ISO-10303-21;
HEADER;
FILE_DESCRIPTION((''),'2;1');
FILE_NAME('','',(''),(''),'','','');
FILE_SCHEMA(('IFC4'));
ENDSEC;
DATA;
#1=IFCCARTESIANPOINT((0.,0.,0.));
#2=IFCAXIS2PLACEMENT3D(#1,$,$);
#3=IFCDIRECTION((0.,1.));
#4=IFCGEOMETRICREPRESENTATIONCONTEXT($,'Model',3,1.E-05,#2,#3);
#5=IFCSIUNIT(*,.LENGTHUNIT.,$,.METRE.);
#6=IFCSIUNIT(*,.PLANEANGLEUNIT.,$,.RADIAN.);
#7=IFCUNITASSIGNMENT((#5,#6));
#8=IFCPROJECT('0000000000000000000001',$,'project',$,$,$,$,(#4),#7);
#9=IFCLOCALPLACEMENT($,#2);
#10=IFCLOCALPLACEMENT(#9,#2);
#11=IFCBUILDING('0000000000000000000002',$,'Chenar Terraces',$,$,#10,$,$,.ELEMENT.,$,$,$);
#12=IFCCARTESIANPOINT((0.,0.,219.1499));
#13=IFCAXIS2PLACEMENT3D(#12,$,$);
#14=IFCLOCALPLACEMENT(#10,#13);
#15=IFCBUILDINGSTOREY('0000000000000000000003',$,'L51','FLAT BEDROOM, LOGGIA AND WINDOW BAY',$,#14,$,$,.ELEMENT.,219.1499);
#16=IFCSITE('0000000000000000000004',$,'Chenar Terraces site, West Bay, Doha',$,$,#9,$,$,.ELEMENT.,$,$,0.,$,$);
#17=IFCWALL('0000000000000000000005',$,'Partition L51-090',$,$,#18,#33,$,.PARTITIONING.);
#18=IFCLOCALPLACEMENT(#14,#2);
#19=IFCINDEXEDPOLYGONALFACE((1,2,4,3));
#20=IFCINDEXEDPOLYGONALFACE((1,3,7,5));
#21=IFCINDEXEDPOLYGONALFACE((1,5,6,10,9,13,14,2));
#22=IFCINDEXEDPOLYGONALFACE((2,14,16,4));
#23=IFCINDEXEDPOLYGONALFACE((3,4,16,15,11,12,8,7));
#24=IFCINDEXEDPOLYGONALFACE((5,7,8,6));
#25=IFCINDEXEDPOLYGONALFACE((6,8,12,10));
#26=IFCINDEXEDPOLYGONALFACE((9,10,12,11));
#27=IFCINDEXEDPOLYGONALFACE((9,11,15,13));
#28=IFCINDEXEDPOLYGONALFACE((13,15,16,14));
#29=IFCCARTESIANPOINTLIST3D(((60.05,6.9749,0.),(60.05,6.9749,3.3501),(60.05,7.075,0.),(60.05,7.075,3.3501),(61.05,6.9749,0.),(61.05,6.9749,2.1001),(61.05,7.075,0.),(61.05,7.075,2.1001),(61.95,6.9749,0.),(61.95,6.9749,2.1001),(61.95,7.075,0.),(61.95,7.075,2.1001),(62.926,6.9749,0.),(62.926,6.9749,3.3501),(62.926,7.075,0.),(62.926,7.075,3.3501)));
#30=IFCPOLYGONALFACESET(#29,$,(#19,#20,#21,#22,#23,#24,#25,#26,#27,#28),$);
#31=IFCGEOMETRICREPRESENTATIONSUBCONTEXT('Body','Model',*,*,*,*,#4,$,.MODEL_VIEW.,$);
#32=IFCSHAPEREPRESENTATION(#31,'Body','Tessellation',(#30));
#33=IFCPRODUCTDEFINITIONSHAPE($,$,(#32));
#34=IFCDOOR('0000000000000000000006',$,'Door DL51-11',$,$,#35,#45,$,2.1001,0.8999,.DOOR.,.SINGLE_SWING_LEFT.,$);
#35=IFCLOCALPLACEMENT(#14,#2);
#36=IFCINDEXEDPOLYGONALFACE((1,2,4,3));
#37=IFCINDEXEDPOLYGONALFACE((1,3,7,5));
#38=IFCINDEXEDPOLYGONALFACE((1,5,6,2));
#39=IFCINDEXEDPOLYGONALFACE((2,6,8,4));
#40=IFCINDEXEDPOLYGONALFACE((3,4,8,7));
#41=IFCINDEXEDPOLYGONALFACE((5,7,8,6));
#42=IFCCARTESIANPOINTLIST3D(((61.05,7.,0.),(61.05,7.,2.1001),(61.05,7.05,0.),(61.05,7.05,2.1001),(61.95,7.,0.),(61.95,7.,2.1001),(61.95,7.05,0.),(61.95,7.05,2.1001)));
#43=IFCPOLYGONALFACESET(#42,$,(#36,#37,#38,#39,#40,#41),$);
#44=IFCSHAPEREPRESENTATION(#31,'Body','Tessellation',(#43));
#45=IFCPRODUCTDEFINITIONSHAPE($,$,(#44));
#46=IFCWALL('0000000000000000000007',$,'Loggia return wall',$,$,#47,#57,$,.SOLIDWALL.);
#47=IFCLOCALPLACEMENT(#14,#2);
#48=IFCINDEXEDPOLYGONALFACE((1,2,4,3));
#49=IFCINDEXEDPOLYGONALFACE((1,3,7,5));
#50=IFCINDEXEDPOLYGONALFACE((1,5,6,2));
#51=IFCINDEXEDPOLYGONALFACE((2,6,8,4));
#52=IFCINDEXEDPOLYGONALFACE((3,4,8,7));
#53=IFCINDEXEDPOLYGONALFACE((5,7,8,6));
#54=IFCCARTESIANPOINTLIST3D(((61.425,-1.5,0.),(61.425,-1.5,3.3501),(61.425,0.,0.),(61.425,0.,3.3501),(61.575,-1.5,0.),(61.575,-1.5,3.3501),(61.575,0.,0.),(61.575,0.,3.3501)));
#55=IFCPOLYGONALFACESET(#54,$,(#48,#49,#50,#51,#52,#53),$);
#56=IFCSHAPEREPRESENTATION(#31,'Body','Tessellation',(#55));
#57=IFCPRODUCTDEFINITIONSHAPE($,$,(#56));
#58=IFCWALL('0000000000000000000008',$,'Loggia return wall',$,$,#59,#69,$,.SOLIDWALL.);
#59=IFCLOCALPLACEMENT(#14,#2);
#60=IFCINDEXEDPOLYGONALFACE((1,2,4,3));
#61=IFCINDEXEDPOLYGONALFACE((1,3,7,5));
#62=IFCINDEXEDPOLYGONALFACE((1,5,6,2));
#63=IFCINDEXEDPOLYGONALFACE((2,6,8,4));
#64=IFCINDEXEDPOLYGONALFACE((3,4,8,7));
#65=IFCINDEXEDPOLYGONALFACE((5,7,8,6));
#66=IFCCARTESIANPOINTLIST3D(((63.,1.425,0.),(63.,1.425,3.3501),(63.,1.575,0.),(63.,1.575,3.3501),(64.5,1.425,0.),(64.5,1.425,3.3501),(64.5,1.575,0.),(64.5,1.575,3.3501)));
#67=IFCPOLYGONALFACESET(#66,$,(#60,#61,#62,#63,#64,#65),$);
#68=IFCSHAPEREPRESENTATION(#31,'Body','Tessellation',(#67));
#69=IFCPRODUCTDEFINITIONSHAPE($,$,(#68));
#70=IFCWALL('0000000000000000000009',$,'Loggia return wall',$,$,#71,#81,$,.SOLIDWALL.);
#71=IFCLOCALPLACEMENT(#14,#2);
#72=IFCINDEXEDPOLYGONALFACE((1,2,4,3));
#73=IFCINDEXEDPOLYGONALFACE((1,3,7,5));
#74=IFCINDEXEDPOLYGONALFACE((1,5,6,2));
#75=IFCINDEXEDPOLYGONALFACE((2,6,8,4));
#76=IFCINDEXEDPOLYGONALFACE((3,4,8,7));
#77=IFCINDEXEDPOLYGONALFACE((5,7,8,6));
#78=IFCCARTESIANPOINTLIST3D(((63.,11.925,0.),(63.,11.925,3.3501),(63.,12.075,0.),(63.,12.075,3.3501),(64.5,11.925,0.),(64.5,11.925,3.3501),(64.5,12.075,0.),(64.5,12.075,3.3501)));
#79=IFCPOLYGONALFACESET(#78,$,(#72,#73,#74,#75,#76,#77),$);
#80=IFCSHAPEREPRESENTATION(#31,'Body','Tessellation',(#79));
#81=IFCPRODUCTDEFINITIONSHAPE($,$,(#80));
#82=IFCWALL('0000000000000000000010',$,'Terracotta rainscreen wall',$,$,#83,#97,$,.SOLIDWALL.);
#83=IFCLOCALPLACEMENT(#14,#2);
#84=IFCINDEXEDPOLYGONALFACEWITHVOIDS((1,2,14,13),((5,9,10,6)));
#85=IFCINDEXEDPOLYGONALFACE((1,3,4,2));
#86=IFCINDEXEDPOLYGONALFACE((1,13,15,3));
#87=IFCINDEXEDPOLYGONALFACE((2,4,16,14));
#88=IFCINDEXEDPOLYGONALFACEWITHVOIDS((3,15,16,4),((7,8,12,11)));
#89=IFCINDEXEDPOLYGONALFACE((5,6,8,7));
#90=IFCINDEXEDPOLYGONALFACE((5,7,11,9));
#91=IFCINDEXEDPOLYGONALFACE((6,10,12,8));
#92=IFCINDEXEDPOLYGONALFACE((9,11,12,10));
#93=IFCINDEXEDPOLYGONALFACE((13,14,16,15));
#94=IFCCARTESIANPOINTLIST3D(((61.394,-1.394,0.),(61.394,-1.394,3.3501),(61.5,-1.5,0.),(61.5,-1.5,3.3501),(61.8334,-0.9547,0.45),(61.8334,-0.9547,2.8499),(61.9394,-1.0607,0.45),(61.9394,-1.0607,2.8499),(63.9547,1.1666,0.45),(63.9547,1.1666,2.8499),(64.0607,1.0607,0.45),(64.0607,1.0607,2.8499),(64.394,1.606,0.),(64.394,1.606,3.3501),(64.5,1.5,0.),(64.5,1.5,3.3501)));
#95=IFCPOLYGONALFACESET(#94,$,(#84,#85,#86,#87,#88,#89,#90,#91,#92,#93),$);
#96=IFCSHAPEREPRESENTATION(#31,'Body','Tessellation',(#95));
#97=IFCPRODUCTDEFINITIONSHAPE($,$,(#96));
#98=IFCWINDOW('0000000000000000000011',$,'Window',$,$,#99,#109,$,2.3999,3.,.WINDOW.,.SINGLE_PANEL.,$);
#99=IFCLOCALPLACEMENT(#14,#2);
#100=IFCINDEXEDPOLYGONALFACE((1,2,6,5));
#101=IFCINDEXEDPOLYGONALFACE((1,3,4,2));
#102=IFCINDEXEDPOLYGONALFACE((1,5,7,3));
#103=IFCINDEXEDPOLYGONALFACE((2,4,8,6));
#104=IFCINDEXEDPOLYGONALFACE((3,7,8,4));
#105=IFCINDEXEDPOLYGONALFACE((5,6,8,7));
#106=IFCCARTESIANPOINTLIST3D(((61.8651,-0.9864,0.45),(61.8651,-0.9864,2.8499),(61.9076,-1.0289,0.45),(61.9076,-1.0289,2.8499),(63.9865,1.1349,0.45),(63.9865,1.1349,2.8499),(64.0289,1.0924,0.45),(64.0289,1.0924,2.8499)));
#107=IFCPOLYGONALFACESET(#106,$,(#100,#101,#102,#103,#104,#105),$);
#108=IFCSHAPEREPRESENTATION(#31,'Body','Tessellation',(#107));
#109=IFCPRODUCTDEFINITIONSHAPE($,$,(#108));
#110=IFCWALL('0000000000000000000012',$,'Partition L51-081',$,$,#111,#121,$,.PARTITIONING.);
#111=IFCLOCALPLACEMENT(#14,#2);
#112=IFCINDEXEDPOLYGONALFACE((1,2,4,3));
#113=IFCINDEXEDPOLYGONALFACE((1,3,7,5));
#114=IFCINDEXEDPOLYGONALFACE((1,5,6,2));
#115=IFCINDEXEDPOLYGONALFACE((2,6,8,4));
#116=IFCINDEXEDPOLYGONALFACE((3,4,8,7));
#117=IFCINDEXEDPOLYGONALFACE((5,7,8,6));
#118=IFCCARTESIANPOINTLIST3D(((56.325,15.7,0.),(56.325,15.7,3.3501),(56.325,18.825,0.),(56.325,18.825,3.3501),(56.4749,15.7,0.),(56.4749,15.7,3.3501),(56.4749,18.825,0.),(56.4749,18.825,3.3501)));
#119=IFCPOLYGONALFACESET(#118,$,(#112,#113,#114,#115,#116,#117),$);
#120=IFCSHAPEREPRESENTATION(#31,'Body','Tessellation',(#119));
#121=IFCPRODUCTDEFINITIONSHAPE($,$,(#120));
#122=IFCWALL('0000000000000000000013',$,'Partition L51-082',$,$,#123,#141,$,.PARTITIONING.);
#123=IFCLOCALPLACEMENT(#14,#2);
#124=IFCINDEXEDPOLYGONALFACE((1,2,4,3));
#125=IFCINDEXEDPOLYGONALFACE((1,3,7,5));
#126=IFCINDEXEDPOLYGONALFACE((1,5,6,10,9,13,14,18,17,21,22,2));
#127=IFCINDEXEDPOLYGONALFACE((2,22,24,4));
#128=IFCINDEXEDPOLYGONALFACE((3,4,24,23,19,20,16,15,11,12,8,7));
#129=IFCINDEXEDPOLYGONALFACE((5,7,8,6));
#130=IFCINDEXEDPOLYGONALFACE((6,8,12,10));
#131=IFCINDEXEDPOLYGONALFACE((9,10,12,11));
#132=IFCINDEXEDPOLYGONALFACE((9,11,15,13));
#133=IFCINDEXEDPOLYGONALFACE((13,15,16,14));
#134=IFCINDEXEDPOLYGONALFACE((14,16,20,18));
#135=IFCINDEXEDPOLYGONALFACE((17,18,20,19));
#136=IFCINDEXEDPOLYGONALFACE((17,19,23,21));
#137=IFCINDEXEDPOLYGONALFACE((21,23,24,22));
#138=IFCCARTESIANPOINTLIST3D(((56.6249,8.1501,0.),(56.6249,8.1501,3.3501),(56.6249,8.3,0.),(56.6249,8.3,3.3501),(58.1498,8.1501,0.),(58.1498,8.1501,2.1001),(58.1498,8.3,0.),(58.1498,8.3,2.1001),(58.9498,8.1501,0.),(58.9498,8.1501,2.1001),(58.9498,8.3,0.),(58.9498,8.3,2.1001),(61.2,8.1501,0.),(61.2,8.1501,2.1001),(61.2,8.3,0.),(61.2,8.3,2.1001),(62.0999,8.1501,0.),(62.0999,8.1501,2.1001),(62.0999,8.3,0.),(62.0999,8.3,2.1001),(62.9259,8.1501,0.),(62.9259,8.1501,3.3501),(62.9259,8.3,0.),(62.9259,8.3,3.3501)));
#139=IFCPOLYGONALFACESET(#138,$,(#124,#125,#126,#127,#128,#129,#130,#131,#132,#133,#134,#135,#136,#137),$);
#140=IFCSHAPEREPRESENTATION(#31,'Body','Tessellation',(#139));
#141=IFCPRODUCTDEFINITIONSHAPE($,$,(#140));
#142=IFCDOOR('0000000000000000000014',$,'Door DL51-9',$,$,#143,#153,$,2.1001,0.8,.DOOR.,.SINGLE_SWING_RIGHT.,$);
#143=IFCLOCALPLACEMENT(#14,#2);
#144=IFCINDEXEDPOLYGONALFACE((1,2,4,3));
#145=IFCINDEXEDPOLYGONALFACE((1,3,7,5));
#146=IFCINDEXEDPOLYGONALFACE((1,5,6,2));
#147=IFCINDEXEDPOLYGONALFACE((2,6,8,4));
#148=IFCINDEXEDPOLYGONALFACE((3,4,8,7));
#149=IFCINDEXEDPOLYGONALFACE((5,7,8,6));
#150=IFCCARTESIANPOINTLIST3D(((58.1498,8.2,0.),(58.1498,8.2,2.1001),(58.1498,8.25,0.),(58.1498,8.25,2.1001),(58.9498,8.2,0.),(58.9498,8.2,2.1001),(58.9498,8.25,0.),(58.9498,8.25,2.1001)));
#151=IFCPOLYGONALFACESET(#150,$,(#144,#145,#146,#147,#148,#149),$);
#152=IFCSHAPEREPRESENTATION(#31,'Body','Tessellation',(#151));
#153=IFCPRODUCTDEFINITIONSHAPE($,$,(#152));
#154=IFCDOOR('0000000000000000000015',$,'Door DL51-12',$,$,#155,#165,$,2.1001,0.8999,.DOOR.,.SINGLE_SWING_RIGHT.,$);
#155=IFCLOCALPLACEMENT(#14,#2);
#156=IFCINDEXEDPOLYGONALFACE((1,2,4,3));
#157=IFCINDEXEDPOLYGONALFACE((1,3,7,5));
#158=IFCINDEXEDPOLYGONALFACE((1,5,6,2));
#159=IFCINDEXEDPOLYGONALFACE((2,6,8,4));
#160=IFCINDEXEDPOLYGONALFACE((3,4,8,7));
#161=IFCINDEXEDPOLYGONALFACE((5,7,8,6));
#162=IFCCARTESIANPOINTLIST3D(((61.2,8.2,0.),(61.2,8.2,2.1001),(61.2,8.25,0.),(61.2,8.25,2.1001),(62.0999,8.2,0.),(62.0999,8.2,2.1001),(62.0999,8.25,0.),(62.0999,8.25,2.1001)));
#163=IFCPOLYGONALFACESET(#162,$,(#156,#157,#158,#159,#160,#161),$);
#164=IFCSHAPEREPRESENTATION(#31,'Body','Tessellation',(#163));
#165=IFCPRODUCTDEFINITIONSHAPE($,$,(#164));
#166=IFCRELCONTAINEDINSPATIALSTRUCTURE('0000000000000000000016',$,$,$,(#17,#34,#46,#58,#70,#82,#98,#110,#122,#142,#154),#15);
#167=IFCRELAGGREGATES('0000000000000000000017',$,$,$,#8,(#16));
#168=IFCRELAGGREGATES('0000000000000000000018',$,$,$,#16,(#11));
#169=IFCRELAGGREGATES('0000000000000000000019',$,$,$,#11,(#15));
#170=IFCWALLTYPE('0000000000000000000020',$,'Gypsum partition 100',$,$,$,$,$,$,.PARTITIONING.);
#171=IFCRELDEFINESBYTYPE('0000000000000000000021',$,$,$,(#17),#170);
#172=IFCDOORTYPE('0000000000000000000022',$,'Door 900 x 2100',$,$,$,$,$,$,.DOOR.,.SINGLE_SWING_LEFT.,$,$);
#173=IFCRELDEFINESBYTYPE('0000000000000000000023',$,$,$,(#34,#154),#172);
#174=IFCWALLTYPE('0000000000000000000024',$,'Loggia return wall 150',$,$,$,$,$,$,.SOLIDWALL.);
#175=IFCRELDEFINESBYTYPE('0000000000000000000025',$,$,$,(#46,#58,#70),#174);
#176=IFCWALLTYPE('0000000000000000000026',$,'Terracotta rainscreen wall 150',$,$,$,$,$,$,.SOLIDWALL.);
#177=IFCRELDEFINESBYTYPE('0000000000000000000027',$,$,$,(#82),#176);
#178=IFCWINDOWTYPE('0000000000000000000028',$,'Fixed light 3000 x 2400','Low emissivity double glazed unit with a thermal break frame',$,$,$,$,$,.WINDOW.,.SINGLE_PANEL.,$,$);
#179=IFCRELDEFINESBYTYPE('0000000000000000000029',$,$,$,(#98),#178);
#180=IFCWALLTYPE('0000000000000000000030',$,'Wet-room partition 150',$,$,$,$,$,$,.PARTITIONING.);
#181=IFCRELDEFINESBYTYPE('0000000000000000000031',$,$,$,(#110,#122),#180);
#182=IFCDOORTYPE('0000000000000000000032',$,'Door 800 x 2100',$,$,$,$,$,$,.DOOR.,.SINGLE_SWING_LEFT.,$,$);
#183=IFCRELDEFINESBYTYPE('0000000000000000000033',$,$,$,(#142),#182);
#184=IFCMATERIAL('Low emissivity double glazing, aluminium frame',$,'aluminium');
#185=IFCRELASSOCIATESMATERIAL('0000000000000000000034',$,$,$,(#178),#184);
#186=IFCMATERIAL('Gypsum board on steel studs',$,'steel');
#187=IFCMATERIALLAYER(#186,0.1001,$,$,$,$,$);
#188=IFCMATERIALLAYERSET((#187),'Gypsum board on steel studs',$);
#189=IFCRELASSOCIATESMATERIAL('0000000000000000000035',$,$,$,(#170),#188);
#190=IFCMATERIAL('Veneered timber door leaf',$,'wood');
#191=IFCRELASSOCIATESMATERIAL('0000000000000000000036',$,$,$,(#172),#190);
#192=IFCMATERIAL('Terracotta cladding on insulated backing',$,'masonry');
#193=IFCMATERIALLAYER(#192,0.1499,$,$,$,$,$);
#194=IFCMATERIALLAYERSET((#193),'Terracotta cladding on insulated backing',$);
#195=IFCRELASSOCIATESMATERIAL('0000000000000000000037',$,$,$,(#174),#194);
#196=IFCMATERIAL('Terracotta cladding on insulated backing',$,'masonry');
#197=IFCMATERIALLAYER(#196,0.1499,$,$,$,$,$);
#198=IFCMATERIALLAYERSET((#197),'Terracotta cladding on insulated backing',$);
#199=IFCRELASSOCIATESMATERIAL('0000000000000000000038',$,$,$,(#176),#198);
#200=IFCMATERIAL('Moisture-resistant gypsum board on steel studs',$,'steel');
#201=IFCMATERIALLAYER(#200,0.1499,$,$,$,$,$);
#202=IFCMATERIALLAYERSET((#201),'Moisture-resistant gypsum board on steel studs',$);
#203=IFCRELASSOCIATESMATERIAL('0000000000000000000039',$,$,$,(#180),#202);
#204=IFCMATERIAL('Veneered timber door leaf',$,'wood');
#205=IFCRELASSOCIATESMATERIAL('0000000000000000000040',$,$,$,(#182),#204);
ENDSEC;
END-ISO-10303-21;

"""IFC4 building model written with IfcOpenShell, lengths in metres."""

from ifc_helpers import new_model, si_unit, direction, frame, frame_2d, origin, place, context, subcontext, project, spatial, rectangle, extrude, material, layer, layer_set, type_object, element, fill, save


model = new_model("IFC4")

# Units and contexts
model_context = context("Model", 3, precision=1e-05, world=origin(), true_north=direction((0.0, 1.0)))
body_context = subcontext(model_context, "Body", "Model", "MODEL_VIEW")
ifc_project = project(units=[si_unit("LENGTHUNIT", "METRE"), si_unit("PLANEANGLEUNIT", "RADIAN")], contexts=[model_context])

# Site, building, storey
site_placement = place(None, origin())
site = spatial("IfcSite", under=ifc_project, at=site_placement, Name="Chenar Terraces site, West Bay, Doha", CompositionType="ELEMENT", RefElevation=0.0)
building_placement = place(site_placement, origin())
building = spatial("IfcBuilding", under=site, at=building_placement, Name="Chenar Terraces", CompositionType="ELEMENT")
storey_placement = place(building_placement, frame((0.0, 0.0, 219.1499)))
storey = spatial("IfcBuildingStorey", under=building, at=storey_placement, Name="L51", Description="FLAT BEDROOM, LOGGIA AND WINDOW BAY", CompositionType="ELEMENT", Elevation=219.1499)

# Shared definitions
ifc_material_1 = material(Name="Low emissivity double glazing, aluminium frame", Category="aluminium")
window_type_1 = type_object("IfcWindowType", Name="Fixed light 3000 x 2400", Description="Low emissivity double glazed unit with a thermal break frame", PartitioningType="SINGLE_PANEL", PredefinedType="WINDOW", material=ifc_material_1)

# Shared definitions
ifc_material_2 = material(Name="Gypsum board on steel studs", Category="steel")
ifc_layer_1 = layer(ifc_material_2, 0.1001)
ifc_layer_set_1 = layer_set([ifc_layer_1], Name="Gypsum board on steel studs")
wall_type_1 = type_object("IfcWallType", Name="Gypsum partition 100", PredefinedType="PARTITIONING", material=ifc_layer_set_1)

# Wall, opening, door
wall_1_placement = place(storey_placement, frame((60.05, 7.0249, 0.0), z_axis=(0.0, 0.0, 1.0), x_axis=(1.0, 0.0, 0.0)))
wall_1 = element("IfcWall", 1, at=wall_1_placement, inside=storey, type_object=wall_type_1, Name="Partition L51-090", PredefinedType="PARTITIONING", context=body_context, shape_type="SweptSolid", body=[
    extrude(rectangle(XDim=2.876, YDim=0.1001, at=frame_2d((1.438, 0.0))), origin(), (0.0, 0.0, 1.0), 3.3501),
])
opening_1_placement = place(wall_1_placement, frame((1.0, 0.0, 0.0)))
opening_1 = element("IfcOpeningElement", 2, at=opening_1_placement, cuts=wall_1, PredefinedType="OPENING", context=body_context, shape_type="SweptSolid", body=[
    extrude(rectangle(XDim=0.8999, YDim=2.1001, at=frame_2d((0.45, 1.05))), frame((0.0, 0.0601, 0.0), z_axis=(0.0, -1.0, 0.0), x_axis=(1.0, 0.0, 0.0)), (0.0, 0.0, 1.0), 0.1201),
])
ifc_material_3 = material(Name="Veneered timber door leaf", Category="wood")
door_type_1 = type_object("IfcDoorType", Name="Door 900 x 2100", OperationType="SINGLE_SWING_LEFT", PredefinedType="DOOR", material=ifc_material_3)
door_1_placement = place(opening_1_placement, frame((0.8999, 0.0, 0.0), z_axis=(0.0, 0.0, 1.0), x_axis=(-1.0, 0.0, 0.0)))
door_1 = element("IfcDoor", 3, at=door_1_placement, inside=storey, type_object=door_type_1, Name="Door DL51-11", OperationType="SINGLE_SWING_LEFT", OverallHeight=2.1001, OverallWidth=0.8999, PredefinedType="DOOR", context=body_context, shape_type="SweptSolid", body=[
    extrude(rectangle(XDim=0.8999, YDim=2.1001, at=frame_2d((0.45, 1.05))), frame((0.0, 0.0249, 0.0), z_axis=(0.0, -1.0, 0.0), x_axis=(1.0, 0.0, 0.0)), (0.0, 0.0, 1.0), 0.05),
])
fill(opening_1, door_1)

# Walls
ifc_material_4 = material(Name="Terracotta cladding on insulated backing", Category="masonry")
ifc_layer_2 = layer(ifc_material_4, 0.1499)
ifc_layer_set_2 = layer_set([ifc_layer_2], Name="Terracotta cladding on insulated backing")
wall_type_2 = type_object("IfcWallType", Name="Loggia return wall 150", PredefinedType="SOLIDWALL", material=ifc_layer_set_2)
for number, where, z_axis, x_axis, name in (
    (4, (61.5, -1.5, 0.0), (0.0, 0.0, 1.0), (0.0, 1.0, 0.0), "Loggia return wall"),
    (5, (64.5, 1.5, 0.0), (0.0, 0.0, 1.0), (-1.0, 0.0, 0.0), "Loggia return wall"),
    (6, (64.5, 12.0, 0.0), (0.0, 0.0, 1.0), (-1.0, 0.0, 0.0), "Loggia return wall"),
):
    element("IfcWall", number, at=place(storey_placement, frame(where, z_axis=z_axis, x_axis=x_axis)), inside=storey, type_object=wall_type_2, Name=name, PredefinedType="SOLIDWALL", context=body_context, shape_type="SweptSolid", body=[
        extrude(rectangle(XDim=1.5, YDim=0.1499, at=frame_2d((0.75, 0.0))), origin(), (0.0, 0.0, 1.0), 3.3501),
    ])

# Wall, opening, window
ifc_material_5 = material(Name="Terracotta cladding on insulated backing", Category="masonry")
ifc_layer_3 = layer(ifc_material_5, 0.1499)
ifc_layer_set_3 = layer_set([ifc_layer_3], Name="Terracotta cladding on insulated backing")
wall_type_3 = type_object("IfcWallType", Name="Terracotta rainscreen wall 150", PredefinedType="SOLIDWALL", material=ifc_layer_set_3)
wall_2_placement = place(storey_placement, frame((61.447, -1.447, 0.0), z_axis=(0.0, 0.0, 1.0), x_axis=(0.707107, 0.707107, 0.0)))
wall_2 = element("IfcWall", 7, at=wall_2_placement, inside=storey, type_object=wall_type_3, Name="Terracotta rainscreen wall", PredefinedType="SOLIDWALL", context=body_context, shape_type="SweptSolid", body=[
    extrude(rectangle(XDim=4.2427, YDim=0.1499, at=frame_2d((2.1213, 0.0))), origin(), (0.0, 0.0, 1.0), 3.3501),
])
opening_2_placement = place(wall_2_placement, frame((0.6213, 0.0, 0.45)))
opening_2 = element("IfcOpeningElement", 8, at=opening_2_placement, cuts=wall_2, PredefinedType="OPENING", context=body_context, shape_type="SweptSolid", body=[
    extrude(rectangle(XDim=3.0, YDim=2.3999, at=frame_2d((1.5, 1.2))), frame((0.0, 0.085, 0.0), z_axis=(0.0, -1.0, 0.0), x_axis=(1.0, 0.0, 0.0)), (0.0, 0.0, 1.0), 0.1699),
])
window_1_placement = place(opening_2_placement, origin())
window_1 = element("IfcWindow", 9, at=window_1_placement, inside=storey, type_object=window_type_1, Name="Window", OverallHeight=2.3999, OverallWidth=3.0, PartitioningType="SINGLE_PANEL", PredefinedType="WINDOW", context=body_context, shape_type="SweptSolid", body=[
    extrude(rectangle(XDim=3.0, YDim=2.3999, at=frame_2d((1.5, 1.2))), frame((0.0, 0.03, 0.0), z_axis=(0.0, -1.0, 0.0), x_axis=(1.0, 0.0, 0.0)), (0.0, 0.0, 1.0), 0.0601),
])
fill(opening_2, window_1)

# Wall
ifc_material_6 = material(Name="Moisture-resistant gypsum board on steel studs", Category="steel")
ifc_layer_4 = layer(ifc_material_6, 0.1499)
ifc_layer_set_4 = layer_set([ifc_layer_4], Name="Moisture-resistant gypsum board on steel studs")
wall_type_4 = type_object("IfcWallType", Name="Wet-room partition 150", PredefinedType="PARTITIONING", material=ifc_layer_set_4)
wall_3_placement = place(storey_placement, frame((56.3999, 15.7, 0.0), z_axis=(0.0, 0.0, 1.0), x_axis=(0.0, 1.0, 0.0)))
element("IfcWall", 10, at=wall_3_placement, inside=storey, type_object=wall_type_4, Name="Partition L51-081", PredefinedType="PARTITIONING", context=body_context, shape_type="SweptSolid", body=[
    extrude(rectangle(XDim=3.125, YDim=0.1499, at=frame_2d((1.5625, 0.0))), origin(), (0.0, 0.0, 1.0), 3.3501),
])

# Wall, openings, doors
wall_4_placement = place(storey_placement, frame((56.625, 8.2251, 0.0), z_axis=(0.0, 0.0, 1.0), x_axis=(1.0, 0.0, 0.0)))
wall_4 = element("IfcWall", 11, at=wall_4_placement, inside=storey, type_object=wall_type_4, Name="Partition L51-082", PredefinedType="PARTITIONING", context=body_context, shape_type="SweptSolid", body=[
    extrude(rectangle(XDim=6.301, YDim=0.1499, at=frame_2d((3.1504, 0.0))), origin(), (0.0, 0.0, 1.0), 3.3501),
])
opening_3_placement = place(wall_4_placement, frame((1.5249, 0.0, 0.0)))
opening_3 = element("IfcOpeningElement", 12, at=opening_3_placement, cuts=wall_4, PredefinedType="OPENING", context=body_context, shape_type="SweptSolid", body=[
    extrude(rectangle(XDim=0.8, YDim=2.1001, at=frame_2d((0.3999, 1.05))), frame((0.0, 0.085, 0.0), z_axis=(0.0, -1.0, 0.0), x_axis=(1.0, 0.0, 0.0)), (0.0, 0.0, 1.0), 0.1699),
])
opening_4_placement = place(wall_4_placement, frame((4.575, 0.0, 0.0)))
opening_4 = element("IfcOpeningElement", 13, at=opening_4_placement, cuts=wall_4, PredefinedType="OPENING", context=body_context, shape_type="SweptSolid", body=[
    extrude(rectangle(XDim=0.8999, YDim=2.1001, at=frame_2d((0.45, 1.05))), frame((0.0, 0.085, 0.0), z_axis=(0.0, -1.0, 0.0), x_axis=(1.0, 0.0, 0.0)), (0.0, 0.0, 1.0), 0.1699),
])
ifc_material_7 = material(Name="Veneered timber door leaf", Category="wood")
door_type_2 = type_object("IfcDoorType", Name="Door 800 x 2100", OperationType="SINGLE_SWING_LEFT", PredefinedType="DOOR", material=ifc_material_7)
door_2_placement = place(opening_3_placement, origin())
door_2 = element("IfcDoor", 14, at=door_2_placement, inside=storey, type_object=door_type_2, Name="Door DL51-9", OperationType="SINGLE_SWING_RIGHT", OverallHeight=2.1001, OverallWidth=0.8, PredefinedType="DOOR", context=body_context, shape_type="SweptSolid", body=[
    extrude(rectangle(XDim=0.8, YDim=2.1001, at=frame_2d((0.3999, 1.05))), frame((0.0, 0.0249, 0.0), z_axis=(0.0, -1.0, 0.0), x_axis=(1.0, 0.0, 0.0)), (0.0, 0.0, 1.0), 0.05),
])
fill(opening_3, door_2)
door_3_placement = place(opening_4_placement, origin())
door_3 = element("IfcDoor", 15, at=door_3_placement, inside=storey, type_object=door_type_1, Name="Door DL51-12", OperationType="SINGLE_SWING_RIGHT", OverallHeight=2.1001, OverallWidth=0.8999, PredefinedType="DOOR", context=body_context, shape_type="SweptSolid", body=[
    extrude(rectangle(XDim=0.8999, YDim=2.1001, at=frame_2d((0.45, 1.05))), frame((0.0, 0.0249, 0.0), z_axis=(0.0, -1.0, 0.0), x_axis=(1.0, 0.0, 0.0)), (0.0, 0.0, 1.0), 0.05),
])
fill(opening_4, door_3)

save(model, "model.ifc")
